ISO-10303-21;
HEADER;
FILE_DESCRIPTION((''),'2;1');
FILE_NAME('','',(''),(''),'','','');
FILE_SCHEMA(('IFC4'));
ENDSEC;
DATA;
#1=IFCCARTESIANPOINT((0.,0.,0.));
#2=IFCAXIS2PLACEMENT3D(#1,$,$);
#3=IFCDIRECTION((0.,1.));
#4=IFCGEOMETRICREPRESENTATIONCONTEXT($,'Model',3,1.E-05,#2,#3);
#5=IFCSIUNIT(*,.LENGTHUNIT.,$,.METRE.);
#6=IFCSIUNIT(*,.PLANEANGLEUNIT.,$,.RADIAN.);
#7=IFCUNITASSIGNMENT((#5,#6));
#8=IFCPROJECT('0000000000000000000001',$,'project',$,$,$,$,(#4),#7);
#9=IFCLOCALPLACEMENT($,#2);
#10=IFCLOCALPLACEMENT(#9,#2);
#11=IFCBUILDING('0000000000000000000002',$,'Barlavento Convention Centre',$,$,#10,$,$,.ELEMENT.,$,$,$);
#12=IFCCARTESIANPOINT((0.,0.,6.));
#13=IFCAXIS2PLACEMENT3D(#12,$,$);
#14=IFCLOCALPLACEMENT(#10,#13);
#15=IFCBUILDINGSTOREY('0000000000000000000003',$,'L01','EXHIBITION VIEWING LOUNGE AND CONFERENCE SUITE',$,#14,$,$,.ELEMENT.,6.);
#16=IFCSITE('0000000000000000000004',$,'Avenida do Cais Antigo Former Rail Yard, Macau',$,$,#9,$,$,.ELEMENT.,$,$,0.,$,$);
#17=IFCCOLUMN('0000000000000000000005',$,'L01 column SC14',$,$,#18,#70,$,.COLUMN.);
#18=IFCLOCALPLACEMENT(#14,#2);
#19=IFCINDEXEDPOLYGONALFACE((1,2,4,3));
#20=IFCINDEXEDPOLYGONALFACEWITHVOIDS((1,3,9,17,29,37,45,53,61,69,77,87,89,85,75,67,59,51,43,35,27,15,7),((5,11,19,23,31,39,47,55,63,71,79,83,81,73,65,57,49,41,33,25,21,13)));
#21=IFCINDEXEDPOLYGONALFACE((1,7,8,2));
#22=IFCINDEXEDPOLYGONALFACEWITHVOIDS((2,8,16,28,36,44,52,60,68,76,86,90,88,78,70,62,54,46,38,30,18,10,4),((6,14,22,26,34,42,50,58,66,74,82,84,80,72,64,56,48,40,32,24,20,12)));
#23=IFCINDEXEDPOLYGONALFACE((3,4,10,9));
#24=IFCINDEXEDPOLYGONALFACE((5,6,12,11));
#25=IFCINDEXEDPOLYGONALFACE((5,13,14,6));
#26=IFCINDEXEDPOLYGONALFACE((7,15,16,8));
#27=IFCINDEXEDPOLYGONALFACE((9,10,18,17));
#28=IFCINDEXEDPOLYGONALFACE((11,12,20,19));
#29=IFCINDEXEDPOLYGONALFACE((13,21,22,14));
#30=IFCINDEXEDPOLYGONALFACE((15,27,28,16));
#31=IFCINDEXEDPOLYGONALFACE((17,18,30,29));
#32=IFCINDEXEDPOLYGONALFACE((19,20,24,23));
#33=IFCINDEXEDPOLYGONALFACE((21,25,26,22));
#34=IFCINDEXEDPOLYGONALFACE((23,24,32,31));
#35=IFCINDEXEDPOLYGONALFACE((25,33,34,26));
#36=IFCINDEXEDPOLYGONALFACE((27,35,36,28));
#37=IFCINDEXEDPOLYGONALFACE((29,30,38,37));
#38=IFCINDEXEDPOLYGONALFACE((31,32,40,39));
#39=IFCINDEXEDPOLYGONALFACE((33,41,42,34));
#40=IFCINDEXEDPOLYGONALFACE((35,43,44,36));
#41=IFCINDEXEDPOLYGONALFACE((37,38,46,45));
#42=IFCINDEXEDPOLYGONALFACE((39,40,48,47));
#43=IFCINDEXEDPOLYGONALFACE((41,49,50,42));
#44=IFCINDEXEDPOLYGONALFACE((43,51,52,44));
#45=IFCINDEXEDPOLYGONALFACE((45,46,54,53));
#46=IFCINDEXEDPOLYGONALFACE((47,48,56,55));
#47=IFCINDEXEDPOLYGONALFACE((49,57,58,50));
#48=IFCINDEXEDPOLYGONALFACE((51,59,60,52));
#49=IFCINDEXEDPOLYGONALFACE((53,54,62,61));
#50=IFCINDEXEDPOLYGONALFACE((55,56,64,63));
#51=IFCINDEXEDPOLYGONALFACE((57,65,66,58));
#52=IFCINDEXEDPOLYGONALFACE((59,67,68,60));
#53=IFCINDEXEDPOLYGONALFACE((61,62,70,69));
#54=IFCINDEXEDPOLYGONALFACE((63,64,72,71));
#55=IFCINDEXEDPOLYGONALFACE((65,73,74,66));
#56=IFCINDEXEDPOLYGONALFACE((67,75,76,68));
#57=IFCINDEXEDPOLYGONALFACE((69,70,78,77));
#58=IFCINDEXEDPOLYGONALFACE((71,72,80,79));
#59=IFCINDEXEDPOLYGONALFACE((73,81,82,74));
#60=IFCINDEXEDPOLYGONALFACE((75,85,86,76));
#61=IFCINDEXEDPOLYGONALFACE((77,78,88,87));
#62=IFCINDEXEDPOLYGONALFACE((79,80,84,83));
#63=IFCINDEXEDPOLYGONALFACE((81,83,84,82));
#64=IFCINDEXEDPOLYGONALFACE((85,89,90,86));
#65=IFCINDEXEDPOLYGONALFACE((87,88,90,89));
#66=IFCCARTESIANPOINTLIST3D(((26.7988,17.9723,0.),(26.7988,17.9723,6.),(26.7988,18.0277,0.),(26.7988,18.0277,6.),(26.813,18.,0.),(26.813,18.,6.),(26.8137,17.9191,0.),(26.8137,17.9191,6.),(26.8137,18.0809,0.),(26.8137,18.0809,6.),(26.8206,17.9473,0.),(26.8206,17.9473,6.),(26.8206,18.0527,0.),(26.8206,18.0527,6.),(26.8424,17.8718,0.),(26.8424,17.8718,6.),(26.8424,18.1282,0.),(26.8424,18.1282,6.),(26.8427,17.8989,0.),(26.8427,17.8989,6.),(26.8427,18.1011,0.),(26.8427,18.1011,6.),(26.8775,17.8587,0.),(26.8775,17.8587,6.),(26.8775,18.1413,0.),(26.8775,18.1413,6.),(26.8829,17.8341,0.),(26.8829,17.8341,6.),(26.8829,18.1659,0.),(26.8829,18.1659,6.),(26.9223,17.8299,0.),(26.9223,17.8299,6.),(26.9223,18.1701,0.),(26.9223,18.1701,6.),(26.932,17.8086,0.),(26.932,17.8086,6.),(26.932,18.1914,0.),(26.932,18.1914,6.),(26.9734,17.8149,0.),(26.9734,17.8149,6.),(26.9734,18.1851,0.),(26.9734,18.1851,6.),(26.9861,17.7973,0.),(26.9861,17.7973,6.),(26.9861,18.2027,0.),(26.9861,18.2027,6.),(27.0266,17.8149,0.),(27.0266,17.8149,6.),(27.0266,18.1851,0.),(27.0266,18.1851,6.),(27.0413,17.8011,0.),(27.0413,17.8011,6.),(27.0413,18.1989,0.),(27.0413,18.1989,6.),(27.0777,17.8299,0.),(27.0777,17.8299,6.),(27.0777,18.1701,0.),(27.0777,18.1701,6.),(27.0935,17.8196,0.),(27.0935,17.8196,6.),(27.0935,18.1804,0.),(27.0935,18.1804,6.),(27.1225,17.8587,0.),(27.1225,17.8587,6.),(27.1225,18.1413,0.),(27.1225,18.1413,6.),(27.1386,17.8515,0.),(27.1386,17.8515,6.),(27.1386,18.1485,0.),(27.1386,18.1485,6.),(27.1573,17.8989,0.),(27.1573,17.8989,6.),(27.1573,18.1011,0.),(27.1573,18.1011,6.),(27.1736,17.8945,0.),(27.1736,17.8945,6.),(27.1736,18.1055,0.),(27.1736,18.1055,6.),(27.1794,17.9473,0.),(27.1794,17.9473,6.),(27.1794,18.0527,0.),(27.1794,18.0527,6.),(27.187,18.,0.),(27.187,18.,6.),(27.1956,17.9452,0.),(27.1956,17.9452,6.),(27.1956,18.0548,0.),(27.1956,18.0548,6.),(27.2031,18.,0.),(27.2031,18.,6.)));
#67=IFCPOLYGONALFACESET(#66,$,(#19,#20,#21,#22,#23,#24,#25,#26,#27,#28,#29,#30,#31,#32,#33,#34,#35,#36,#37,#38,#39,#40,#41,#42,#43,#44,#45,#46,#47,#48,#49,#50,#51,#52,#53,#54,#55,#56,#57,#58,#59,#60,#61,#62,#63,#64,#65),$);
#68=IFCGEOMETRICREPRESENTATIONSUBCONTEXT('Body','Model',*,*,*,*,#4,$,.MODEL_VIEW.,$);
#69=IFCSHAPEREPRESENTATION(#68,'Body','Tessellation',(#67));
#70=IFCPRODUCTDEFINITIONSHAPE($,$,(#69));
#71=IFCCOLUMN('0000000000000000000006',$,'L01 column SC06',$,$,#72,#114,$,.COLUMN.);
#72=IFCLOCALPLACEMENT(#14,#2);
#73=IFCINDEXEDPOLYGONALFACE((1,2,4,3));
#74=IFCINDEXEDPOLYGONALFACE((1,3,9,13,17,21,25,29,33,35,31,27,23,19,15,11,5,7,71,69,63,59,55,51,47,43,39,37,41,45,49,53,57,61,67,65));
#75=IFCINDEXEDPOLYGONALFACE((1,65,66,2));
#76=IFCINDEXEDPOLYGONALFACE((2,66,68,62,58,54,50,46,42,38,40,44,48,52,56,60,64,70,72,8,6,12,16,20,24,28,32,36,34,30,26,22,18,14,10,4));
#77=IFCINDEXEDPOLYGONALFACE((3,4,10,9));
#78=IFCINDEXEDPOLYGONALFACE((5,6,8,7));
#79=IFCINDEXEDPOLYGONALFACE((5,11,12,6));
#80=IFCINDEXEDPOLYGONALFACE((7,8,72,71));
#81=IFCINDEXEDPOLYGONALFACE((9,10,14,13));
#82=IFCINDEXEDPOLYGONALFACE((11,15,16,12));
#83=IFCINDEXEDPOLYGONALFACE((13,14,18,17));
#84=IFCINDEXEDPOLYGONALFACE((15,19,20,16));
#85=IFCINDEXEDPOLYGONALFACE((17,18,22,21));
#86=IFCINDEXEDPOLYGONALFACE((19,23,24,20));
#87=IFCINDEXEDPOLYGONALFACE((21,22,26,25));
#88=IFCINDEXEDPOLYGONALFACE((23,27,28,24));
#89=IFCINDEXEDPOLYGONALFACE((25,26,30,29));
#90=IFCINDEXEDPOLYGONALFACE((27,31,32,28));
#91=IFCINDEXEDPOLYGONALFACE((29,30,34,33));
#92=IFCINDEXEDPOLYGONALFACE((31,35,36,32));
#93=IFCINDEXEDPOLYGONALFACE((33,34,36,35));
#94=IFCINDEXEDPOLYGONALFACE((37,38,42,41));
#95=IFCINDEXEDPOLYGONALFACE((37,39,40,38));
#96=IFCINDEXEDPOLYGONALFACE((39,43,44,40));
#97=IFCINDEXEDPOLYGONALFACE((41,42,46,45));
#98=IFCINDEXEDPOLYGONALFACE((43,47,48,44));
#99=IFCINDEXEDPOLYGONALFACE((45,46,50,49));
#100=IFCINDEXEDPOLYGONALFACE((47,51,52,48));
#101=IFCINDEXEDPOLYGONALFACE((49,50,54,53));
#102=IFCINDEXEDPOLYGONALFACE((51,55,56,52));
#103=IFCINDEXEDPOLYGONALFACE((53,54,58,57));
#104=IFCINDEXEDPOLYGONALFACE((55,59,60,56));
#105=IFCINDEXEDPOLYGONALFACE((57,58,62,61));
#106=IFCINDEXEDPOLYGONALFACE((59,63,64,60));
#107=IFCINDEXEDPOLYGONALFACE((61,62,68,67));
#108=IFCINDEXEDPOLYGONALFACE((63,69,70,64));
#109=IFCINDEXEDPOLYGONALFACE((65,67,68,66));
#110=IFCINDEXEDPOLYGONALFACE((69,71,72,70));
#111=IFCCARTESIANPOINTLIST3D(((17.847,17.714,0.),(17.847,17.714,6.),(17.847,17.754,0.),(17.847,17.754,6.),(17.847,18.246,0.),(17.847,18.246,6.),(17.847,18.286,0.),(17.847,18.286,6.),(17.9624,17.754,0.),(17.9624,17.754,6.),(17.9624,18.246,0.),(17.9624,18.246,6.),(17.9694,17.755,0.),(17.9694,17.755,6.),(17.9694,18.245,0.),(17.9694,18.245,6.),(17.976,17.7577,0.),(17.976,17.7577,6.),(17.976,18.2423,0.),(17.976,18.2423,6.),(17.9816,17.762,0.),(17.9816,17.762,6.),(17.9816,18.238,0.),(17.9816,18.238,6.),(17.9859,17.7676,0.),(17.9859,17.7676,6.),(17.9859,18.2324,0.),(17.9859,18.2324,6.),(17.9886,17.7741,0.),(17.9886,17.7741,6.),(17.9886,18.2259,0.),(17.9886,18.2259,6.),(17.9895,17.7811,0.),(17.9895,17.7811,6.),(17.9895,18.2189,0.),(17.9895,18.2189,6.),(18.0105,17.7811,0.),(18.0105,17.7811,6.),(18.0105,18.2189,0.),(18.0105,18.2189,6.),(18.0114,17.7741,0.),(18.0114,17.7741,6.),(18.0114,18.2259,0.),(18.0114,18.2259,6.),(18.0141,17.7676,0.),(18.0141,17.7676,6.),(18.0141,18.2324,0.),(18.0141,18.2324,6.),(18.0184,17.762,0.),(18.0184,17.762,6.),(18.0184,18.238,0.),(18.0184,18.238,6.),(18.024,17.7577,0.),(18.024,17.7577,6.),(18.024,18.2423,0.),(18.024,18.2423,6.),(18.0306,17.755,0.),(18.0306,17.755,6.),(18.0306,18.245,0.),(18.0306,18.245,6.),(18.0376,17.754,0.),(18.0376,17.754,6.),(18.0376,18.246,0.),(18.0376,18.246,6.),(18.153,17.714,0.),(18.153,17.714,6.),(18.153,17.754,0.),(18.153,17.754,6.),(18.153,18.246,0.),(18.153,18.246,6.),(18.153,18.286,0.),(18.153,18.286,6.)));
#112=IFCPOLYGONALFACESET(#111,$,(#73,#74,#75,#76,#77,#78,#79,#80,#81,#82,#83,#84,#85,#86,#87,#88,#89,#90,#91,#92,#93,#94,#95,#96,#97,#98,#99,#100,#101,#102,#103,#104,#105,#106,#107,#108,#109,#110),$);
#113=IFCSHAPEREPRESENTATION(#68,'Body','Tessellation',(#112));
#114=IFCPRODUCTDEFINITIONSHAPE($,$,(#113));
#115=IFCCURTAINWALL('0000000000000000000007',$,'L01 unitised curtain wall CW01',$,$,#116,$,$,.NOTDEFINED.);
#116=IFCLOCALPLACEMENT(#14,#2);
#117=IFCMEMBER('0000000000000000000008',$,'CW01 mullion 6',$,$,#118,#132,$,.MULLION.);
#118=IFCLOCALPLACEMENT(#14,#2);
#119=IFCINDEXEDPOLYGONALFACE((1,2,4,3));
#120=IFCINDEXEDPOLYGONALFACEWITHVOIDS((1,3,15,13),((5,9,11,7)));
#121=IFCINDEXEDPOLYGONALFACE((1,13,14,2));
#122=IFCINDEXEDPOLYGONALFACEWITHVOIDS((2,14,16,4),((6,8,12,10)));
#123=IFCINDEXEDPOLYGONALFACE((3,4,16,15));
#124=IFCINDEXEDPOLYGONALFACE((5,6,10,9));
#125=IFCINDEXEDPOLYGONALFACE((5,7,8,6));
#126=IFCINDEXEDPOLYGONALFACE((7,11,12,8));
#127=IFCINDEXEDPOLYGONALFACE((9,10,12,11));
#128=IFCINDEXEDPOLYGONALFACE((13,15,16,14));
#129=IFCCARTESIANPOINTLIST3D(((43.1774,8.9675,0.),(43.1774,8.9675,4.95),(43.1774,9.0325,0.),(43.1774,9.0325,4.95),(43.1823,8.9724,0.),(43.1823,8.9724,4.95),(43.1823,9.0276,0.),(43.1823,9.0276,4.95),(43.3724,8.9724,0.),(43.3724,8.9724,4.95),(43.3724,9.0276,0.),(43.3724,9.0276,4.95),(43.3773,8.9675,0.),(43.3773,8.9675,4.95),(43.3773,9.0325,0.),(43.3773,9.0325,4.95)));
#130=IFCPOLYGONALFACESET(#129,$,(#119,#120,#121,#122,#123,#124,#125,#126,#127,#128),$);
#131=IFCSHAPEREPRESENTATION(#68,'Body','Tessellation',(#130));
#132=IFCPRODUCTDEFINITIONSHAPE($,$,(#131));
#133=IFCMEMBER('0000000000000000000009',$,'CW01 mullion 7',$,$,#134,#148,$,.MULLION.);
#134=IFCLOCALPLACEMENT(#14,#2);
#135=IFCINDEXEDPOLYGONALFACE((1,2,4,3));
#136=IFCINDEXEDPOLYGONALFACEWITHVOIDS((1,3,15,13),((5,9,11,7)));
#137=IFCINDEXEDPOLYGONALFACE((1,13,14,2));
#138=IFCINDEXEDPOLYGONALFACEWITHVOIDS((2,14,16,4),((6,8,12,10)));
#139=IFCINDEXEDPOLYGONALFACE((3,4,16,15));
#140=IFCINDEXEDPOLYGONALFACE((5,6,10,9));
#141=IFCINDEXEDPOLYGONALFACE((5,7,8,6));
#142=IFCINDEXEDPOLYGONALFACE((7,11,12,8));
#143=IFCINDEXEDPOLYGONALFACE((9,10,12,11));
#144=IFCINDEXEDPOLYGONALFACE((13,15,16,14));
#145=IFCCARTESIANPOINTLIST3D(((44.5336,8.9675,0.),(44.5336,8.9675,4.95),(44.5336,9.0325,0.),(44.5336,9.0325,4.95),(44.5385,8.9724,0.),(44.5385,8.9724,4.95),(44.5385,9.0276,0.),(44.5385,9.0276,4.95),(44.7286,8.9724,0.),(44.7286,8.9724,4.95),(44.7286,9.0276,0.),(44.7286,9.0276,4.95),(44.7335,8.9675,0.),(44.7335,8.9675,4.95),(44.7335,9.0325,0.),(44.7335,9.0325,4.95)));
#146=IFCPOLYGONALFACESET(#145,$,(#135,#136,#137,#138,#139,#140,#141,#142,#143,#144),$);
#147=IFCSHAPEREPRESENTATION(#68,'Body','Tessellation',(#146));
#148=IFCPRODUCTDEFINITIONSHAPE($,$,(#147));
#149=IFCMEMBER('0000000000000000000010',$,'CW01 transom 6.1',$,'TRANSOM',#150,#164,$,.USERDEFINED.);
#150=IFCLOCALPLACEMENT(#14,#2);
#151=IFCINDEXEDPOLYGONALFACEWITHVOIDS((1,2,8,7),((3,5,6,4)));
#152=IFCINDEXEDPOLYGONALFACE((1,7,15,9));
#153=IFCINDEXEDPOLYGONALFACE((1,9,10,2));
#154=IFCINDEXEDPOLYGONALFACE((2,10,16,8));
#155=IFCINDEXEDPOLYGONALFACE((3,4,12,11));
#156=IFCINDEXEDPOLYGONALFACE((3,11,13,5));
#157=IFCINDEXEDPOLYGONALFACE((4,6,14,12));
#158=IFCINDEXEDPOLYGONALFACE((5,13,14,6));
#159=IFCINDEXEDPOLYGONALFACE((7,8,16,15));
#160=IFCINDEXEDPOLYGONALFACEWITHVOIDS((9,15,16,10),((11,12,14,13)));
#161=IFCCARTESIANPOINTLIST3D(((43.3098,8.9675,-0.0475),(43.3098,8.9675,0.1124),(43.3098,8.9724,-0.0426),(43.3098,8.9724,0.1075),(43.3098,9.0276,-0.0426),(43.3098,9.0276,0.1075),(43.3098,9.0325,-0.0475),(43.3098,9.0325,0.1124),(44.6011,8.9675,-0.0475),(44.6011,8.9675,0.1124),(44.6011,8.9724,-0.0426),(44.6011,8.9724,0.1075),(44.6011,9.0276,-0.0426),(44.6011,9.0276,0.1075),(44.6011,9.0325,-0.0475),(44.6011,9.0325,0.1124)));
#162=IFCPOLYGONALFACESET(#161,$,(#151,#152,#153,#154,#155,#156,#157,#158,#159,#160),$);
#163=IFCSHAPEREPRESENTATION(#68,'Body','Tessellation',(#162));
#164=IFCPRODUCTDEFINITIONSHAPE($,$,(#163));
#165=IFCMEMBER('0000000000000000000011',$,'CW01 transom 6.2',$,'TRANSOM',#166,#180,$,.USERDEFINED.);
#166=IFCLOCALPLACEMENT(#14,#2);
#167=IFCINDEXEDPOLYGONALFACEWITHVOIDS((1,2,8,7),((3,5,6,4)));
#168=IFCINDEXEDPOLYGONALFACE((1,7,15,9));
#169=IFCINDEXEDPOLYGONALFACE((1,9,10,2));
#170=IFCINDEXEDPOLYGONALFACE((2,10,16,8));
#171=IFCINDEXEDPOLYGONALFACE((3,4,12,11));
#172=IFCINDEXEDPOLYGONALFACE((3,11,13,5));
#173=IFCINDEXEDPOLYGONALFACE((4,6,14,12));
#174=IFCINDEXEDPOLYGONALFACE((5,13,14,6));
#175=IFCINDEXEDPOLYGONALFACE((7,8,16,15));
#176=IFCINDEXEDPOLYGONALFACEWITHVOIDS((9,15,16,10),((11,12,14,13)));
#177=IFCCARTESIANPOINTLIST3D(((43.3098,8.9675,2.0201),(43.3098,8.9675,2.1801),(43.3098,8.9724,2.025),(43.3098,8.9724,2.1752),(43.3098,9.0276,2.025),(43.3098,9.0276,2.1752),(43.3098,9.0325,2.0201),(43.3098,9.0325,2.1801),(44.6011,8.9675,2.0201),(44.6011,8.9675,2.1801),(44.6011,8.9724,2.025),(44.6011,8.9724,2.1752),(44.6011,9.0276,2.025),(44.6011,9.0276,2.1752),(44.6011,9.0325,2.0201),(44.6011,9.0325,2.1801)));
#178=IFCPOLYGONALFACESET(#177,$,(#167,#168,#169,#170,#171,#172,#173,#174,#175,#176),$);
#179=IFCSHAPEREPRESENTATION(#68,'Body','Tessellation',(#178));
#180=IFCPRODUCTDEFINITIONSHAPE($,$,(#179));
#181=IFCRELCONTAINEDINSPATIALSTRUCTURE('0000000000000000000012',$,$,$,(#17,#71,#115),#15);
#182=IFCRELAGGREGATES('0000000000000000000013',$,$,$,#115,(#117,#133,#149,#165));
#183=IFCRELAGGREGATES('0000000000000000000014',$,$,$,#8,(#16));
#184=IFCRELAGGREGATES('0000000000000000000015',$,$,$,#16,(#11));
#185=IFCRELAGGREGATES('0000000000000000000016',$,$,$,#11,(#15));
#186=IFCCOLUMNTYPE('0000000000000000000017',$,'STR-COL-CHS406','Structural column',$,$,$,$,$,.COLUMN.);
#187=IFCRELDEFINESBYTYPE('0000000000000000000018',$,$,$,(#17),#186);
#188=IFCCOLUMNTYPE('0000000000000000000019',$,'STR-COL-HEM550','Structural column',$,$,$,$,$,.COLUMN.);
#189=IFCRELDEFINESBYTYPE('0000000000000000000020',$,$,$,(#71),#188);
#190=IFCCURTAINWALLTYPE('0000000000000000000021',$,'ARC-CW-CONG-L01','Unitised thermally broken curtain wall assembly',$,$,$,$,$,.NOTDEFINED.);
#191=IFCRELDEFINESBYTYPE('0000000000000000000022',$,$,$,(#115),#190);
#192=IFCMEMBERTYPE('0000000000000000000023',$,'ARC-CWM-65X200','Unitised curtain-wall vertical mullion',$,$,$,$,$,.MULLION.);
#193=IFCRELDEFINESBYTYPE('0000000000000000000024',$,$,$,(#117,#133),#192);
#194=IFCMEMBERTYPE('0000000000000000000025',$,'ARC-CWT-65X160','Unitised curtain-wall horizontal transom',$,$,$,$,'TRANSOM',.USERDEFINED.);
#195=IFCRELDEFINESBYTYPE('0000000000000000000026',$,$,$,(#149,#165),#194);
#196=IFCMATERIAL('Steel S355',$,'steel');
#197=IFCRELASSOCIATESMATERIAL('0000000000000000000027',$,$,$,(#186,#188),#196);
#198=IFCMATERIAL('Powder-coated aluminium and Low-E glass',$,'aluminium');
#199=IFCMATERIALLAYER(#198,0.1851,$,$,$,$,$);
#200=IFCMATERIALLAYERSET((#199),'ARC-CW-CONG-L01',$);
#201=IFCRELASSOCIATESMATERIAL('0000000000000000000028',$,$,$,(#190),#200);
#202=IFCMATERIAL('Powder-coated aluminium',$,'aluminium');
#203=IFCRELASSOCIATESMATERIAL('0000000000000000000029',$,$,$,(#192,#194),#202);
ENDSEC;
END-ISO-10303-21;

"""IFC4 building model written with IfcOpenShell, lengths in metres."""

from ifc_helpers import new_model, si_unit, direction, frame, origin, origin_2d, place, context, subcontext, project, spatial, hollow_rectangle, hollow_circle, i_section, extrude, material, layer, layer_set, material_profile, profile_set, type_object, element, aggregate, save


model = new_model("IFC4")

# Units and contexts
model_context = context("Model", 3, precision=1e-05, world=origin(), true_north=direction((0.0, 1.0)))
body_context = subcontext(model_context, "Body", "Model", "MODEL_VIEW")
ifc_project = project(units=[si_unit("LENGTHUNIT", "METRE"), si_unit("PLANEANGLEUNIT", "RADIAN")], contexts=[model_context])

# Site, building, storey
site_placement = place(None, origin())
site = spatial("IfcSite", under=ifc_project, at=site_placement, Name="Avenida do Cais Antigo Former Rail Yard, Macau", CompositionType="ELEMENT", RefElevation=0.0)
building_placement = place(site_placement, origin())
building = spatial("IfcBuilding", under=site, at=building_placement, Name="Barlavento Convention Centre", CompositionType="ELEMENT")
storey_placement = place(building_placement, frame((0.0, 0.0, 6.0)))
storey = spatial("IfcBuildingStorey", under=building, at=storey_placement, Name="L01", Description="EXHIBITION VIEWING LOUNGE AND CONFERENCE SUITE", CompositionType="ELEMENT", Elevation=6.0)

# Columns
ifc_material_1 = material(Name="Steel S355", Category="steel")
ifc_material_profile_1 = material_profile(ifc_material_1, hollow_circle(Radius=0.2031, WallThickness=0.0161, at=origin_2d()), Name="CHS 406.4x16.0")
ifc_profile_set_1 = profile_set([ifc_material_profile_1], Name="Steel S355")
column_type_1 = type_object("IfcColumnType", Name="STR-COL-CHS406", Description="Structural column", PredefinedType="COLUMN", material=ifc_profile_set_1)
column_1_placement = place(storey_placement, frame((27.0, 18.0, 0.0), z_axis=(0.0, 0.0, 1.0), x_axis=(1.0, 0.0, 0.0)))
element("IfcColumn", 1, at=column_1_placement, inside=storey, type_object=column_type_1, Name="L01 column SC14", PredefinedType="COLUMN", context=body_context, shape_type="SweptSolid", body=[
    extrude(hollow_circle(Radius=0.2031, WallThickness=0.0161, at=origin_2d()), origin(), (0.0, 0.0, 1.0), 6.0),
])
ifc_material_profile_2 = material_profile(ifc_material_1, i_section(OverallWidth=0.3059, OverallDepth=0.572, WebThickness=0.021, FlangeThickness=0.04, FilletRadius=0.0271, at=origin_2d()), Name="HEM 550")
ifc_profile_set_2 = profile_set([ifc_material_profile_2], Name="Steel S355")
column_type_2 = type_object("IfcColumnType", Name="STR-COL-HEM550", Description="Structural column", PredefinedType="COLUMN", material=ifc_profile_set_2)
column_2_placement = place(storey_placement, frame((18.0, 18.0, 0.0), z_axis=(0.0, 0.0, 1.0), x_axis=(1.0, 0.0, 0.0)))
element("IfcColumn", 2, at=column_2_placement, inside=storey, type_object=column_type_2, Name="L01 column SC06", PredefinedType="COLUMN", context=body_context, shape_type="SweptSolid", body=[
    extrude(i_section(OverallWidth=0.3059, OverallDepth=0.572, WebThickness=0.021, FlangeThickness=0.04, FilletRadius=0.0271, at=origin_2d()), origin(), (0.0, 0.0, 1.0), 6.0),
])

# Curtain wall, members
ifc_material_2 = material(Name="Powder-coated aluminium and Low-E glass", Category="aluminium")
ifc_layer_1 = layer(ifc_material_2, 0.1851)
ifc_layer_set_1 = layer_set([ifc_layer_1], Name="ARC-CW-CONG-L01")
curtain_wall_type = type_object("IfcCurtainWallType", Name="ARC-CW-CONG-L01", Description="Unitised thermally broken curtain wall assembly", PredefinedType="NOTDEFINED", material=ifc_layer_set_1)
curtain_wall_placement = place(storey_placement, origin())
curtain_wall = element("IfcCurtainWall", 3, at=curtain_wall_placement, inside=storey, type_object=curtain_wall_type, Name="L01 unitised curtain wall CW01", PredefinedType="NOTDEFINED")
ifc_material_3 = material(Name="Powder-coated aluminium", Category="aluminium")
ifc_material_profile_3 = material_profile(ifc_material_3, hollow_rectangle(XDim=0.0649, YDim=0.2, WallThickness=0.0049, at=origin_2d()), Name="AL-MULL 65x200x5")
ifc_profile_set_3 = profile_set([ifc_material_profile_3], Name="Powder-coated aluminium")
member_type_1 = type_object("IfcMemberType", Name="ARC-CWM-65X200", Description="Unitised curtain-wall vertical mullion", PredefinedType="MULLION", material=ifc_profile_set_3)
member_1_placement = place(storey_placement, frame((43.2773, 9.0, 0.0), z_axis=(0.0, 0.0, 1.0), x_axis=(0.0, 1.0, 0.0)))
member_1 = element("IfcMember", 4, at=member_1_placement, type_object=member_type_1, Name="CW01 mullion 6", PredefinedType="MULLION", context=body_context, shape_type="SweptSolid", body=[
    extrude(hollow_rectangle(XDim=0.0649, YDim=0.2, WallThickness=0.0049, at=origin_2d()), origin(), (0.0, 0.0, 1.0), 4.95),
])
member_2_placement = place(storey_placement, frame((44.6335, 9.0, 0.0), z_axis=(0.0, 0.0, 1.0), x_axis=(0.0, 1.0, 0.0)))
member_2 = element("IfcMember", 5, at=member_2_placement, type_object=member_type_1, Name="CW01 mullion 7", PredefinedType="MULLION", context=body_context, shape_type="SweptSolid", body=[
    extrude(hollow_rectangle(XDim=0.0649, YDim=0.2, WallThickness=0.0049, at=origin_2d()), origin(), (0.0, 0.0, 1.0), 4.95),
])
ifc_material_profile_4 = material_profile(ifc_material_3, hollow_rectangle(XDim=0.0649, YDim=0.1599, WallThickness=0.0049, at=origin_2d()), Name="AL-TRAN 65x160x5")
ifc_profile_set_4 = profile_set([ifc_material_profile_4], Name="Powder-coated aluminium")
member_type_2 = type_object("IfcMemberType", Name="ARC-CWT-65X160", Description="Unitised curtain-wall horizontal transom", ElementType="TRANSOM", PredefinedType="USERDEFINED", material=ifc_profile_set_4)
member_3_placement = place(storey_placement, frame((43.3098, 9.0, 0.0325), z_axis=(1.0, 0.0, 0.0), x_axis=(0.0, 1.0, 0.0)))
member_3 = element("IfcMember", 6, at=member_3_placement, type_object=member_type_2, Name="CW01 transom 6.1", ObjectType="TRANSOM", PredefinedType="USERDEFINED", context=body_context, shape_type="SweptSolid", body=[
    extrude(hollow_rectangle(XDim=0.0649, YDim=0.1599, WallThickness=0.0049, at=origin_2d()), origin(), (0.0, 0.0, 1.0), 1.2913),
])
member_4_placement = place(storey_placement, frame((43.3098, 9.0, 2.1001), z_axis=(1.0, 0.0, 0.0), x_axis=(0.0, 1.0, 0.0)))
member_4 = element("IfcMember", 7, at=member_4_placement, type_object=member_type_2, Name="CW01 transom 6.2", ObjectType="TRANSOM", PredefinedType="USERDEFINED", context=body_context, shape_type="SweptSolid", body=[
    extrude(hollow_rectangle(XDim=0.0649, YDim=0.1599, WallThickness=0.0049, at=origin_2d()), origin(), (0.0, 0.0, 1.0), 1.2913),
])

aggregate(curtain_wall, [member_1, member_2, member_3, member_4])

save(model, "model.ifc")
